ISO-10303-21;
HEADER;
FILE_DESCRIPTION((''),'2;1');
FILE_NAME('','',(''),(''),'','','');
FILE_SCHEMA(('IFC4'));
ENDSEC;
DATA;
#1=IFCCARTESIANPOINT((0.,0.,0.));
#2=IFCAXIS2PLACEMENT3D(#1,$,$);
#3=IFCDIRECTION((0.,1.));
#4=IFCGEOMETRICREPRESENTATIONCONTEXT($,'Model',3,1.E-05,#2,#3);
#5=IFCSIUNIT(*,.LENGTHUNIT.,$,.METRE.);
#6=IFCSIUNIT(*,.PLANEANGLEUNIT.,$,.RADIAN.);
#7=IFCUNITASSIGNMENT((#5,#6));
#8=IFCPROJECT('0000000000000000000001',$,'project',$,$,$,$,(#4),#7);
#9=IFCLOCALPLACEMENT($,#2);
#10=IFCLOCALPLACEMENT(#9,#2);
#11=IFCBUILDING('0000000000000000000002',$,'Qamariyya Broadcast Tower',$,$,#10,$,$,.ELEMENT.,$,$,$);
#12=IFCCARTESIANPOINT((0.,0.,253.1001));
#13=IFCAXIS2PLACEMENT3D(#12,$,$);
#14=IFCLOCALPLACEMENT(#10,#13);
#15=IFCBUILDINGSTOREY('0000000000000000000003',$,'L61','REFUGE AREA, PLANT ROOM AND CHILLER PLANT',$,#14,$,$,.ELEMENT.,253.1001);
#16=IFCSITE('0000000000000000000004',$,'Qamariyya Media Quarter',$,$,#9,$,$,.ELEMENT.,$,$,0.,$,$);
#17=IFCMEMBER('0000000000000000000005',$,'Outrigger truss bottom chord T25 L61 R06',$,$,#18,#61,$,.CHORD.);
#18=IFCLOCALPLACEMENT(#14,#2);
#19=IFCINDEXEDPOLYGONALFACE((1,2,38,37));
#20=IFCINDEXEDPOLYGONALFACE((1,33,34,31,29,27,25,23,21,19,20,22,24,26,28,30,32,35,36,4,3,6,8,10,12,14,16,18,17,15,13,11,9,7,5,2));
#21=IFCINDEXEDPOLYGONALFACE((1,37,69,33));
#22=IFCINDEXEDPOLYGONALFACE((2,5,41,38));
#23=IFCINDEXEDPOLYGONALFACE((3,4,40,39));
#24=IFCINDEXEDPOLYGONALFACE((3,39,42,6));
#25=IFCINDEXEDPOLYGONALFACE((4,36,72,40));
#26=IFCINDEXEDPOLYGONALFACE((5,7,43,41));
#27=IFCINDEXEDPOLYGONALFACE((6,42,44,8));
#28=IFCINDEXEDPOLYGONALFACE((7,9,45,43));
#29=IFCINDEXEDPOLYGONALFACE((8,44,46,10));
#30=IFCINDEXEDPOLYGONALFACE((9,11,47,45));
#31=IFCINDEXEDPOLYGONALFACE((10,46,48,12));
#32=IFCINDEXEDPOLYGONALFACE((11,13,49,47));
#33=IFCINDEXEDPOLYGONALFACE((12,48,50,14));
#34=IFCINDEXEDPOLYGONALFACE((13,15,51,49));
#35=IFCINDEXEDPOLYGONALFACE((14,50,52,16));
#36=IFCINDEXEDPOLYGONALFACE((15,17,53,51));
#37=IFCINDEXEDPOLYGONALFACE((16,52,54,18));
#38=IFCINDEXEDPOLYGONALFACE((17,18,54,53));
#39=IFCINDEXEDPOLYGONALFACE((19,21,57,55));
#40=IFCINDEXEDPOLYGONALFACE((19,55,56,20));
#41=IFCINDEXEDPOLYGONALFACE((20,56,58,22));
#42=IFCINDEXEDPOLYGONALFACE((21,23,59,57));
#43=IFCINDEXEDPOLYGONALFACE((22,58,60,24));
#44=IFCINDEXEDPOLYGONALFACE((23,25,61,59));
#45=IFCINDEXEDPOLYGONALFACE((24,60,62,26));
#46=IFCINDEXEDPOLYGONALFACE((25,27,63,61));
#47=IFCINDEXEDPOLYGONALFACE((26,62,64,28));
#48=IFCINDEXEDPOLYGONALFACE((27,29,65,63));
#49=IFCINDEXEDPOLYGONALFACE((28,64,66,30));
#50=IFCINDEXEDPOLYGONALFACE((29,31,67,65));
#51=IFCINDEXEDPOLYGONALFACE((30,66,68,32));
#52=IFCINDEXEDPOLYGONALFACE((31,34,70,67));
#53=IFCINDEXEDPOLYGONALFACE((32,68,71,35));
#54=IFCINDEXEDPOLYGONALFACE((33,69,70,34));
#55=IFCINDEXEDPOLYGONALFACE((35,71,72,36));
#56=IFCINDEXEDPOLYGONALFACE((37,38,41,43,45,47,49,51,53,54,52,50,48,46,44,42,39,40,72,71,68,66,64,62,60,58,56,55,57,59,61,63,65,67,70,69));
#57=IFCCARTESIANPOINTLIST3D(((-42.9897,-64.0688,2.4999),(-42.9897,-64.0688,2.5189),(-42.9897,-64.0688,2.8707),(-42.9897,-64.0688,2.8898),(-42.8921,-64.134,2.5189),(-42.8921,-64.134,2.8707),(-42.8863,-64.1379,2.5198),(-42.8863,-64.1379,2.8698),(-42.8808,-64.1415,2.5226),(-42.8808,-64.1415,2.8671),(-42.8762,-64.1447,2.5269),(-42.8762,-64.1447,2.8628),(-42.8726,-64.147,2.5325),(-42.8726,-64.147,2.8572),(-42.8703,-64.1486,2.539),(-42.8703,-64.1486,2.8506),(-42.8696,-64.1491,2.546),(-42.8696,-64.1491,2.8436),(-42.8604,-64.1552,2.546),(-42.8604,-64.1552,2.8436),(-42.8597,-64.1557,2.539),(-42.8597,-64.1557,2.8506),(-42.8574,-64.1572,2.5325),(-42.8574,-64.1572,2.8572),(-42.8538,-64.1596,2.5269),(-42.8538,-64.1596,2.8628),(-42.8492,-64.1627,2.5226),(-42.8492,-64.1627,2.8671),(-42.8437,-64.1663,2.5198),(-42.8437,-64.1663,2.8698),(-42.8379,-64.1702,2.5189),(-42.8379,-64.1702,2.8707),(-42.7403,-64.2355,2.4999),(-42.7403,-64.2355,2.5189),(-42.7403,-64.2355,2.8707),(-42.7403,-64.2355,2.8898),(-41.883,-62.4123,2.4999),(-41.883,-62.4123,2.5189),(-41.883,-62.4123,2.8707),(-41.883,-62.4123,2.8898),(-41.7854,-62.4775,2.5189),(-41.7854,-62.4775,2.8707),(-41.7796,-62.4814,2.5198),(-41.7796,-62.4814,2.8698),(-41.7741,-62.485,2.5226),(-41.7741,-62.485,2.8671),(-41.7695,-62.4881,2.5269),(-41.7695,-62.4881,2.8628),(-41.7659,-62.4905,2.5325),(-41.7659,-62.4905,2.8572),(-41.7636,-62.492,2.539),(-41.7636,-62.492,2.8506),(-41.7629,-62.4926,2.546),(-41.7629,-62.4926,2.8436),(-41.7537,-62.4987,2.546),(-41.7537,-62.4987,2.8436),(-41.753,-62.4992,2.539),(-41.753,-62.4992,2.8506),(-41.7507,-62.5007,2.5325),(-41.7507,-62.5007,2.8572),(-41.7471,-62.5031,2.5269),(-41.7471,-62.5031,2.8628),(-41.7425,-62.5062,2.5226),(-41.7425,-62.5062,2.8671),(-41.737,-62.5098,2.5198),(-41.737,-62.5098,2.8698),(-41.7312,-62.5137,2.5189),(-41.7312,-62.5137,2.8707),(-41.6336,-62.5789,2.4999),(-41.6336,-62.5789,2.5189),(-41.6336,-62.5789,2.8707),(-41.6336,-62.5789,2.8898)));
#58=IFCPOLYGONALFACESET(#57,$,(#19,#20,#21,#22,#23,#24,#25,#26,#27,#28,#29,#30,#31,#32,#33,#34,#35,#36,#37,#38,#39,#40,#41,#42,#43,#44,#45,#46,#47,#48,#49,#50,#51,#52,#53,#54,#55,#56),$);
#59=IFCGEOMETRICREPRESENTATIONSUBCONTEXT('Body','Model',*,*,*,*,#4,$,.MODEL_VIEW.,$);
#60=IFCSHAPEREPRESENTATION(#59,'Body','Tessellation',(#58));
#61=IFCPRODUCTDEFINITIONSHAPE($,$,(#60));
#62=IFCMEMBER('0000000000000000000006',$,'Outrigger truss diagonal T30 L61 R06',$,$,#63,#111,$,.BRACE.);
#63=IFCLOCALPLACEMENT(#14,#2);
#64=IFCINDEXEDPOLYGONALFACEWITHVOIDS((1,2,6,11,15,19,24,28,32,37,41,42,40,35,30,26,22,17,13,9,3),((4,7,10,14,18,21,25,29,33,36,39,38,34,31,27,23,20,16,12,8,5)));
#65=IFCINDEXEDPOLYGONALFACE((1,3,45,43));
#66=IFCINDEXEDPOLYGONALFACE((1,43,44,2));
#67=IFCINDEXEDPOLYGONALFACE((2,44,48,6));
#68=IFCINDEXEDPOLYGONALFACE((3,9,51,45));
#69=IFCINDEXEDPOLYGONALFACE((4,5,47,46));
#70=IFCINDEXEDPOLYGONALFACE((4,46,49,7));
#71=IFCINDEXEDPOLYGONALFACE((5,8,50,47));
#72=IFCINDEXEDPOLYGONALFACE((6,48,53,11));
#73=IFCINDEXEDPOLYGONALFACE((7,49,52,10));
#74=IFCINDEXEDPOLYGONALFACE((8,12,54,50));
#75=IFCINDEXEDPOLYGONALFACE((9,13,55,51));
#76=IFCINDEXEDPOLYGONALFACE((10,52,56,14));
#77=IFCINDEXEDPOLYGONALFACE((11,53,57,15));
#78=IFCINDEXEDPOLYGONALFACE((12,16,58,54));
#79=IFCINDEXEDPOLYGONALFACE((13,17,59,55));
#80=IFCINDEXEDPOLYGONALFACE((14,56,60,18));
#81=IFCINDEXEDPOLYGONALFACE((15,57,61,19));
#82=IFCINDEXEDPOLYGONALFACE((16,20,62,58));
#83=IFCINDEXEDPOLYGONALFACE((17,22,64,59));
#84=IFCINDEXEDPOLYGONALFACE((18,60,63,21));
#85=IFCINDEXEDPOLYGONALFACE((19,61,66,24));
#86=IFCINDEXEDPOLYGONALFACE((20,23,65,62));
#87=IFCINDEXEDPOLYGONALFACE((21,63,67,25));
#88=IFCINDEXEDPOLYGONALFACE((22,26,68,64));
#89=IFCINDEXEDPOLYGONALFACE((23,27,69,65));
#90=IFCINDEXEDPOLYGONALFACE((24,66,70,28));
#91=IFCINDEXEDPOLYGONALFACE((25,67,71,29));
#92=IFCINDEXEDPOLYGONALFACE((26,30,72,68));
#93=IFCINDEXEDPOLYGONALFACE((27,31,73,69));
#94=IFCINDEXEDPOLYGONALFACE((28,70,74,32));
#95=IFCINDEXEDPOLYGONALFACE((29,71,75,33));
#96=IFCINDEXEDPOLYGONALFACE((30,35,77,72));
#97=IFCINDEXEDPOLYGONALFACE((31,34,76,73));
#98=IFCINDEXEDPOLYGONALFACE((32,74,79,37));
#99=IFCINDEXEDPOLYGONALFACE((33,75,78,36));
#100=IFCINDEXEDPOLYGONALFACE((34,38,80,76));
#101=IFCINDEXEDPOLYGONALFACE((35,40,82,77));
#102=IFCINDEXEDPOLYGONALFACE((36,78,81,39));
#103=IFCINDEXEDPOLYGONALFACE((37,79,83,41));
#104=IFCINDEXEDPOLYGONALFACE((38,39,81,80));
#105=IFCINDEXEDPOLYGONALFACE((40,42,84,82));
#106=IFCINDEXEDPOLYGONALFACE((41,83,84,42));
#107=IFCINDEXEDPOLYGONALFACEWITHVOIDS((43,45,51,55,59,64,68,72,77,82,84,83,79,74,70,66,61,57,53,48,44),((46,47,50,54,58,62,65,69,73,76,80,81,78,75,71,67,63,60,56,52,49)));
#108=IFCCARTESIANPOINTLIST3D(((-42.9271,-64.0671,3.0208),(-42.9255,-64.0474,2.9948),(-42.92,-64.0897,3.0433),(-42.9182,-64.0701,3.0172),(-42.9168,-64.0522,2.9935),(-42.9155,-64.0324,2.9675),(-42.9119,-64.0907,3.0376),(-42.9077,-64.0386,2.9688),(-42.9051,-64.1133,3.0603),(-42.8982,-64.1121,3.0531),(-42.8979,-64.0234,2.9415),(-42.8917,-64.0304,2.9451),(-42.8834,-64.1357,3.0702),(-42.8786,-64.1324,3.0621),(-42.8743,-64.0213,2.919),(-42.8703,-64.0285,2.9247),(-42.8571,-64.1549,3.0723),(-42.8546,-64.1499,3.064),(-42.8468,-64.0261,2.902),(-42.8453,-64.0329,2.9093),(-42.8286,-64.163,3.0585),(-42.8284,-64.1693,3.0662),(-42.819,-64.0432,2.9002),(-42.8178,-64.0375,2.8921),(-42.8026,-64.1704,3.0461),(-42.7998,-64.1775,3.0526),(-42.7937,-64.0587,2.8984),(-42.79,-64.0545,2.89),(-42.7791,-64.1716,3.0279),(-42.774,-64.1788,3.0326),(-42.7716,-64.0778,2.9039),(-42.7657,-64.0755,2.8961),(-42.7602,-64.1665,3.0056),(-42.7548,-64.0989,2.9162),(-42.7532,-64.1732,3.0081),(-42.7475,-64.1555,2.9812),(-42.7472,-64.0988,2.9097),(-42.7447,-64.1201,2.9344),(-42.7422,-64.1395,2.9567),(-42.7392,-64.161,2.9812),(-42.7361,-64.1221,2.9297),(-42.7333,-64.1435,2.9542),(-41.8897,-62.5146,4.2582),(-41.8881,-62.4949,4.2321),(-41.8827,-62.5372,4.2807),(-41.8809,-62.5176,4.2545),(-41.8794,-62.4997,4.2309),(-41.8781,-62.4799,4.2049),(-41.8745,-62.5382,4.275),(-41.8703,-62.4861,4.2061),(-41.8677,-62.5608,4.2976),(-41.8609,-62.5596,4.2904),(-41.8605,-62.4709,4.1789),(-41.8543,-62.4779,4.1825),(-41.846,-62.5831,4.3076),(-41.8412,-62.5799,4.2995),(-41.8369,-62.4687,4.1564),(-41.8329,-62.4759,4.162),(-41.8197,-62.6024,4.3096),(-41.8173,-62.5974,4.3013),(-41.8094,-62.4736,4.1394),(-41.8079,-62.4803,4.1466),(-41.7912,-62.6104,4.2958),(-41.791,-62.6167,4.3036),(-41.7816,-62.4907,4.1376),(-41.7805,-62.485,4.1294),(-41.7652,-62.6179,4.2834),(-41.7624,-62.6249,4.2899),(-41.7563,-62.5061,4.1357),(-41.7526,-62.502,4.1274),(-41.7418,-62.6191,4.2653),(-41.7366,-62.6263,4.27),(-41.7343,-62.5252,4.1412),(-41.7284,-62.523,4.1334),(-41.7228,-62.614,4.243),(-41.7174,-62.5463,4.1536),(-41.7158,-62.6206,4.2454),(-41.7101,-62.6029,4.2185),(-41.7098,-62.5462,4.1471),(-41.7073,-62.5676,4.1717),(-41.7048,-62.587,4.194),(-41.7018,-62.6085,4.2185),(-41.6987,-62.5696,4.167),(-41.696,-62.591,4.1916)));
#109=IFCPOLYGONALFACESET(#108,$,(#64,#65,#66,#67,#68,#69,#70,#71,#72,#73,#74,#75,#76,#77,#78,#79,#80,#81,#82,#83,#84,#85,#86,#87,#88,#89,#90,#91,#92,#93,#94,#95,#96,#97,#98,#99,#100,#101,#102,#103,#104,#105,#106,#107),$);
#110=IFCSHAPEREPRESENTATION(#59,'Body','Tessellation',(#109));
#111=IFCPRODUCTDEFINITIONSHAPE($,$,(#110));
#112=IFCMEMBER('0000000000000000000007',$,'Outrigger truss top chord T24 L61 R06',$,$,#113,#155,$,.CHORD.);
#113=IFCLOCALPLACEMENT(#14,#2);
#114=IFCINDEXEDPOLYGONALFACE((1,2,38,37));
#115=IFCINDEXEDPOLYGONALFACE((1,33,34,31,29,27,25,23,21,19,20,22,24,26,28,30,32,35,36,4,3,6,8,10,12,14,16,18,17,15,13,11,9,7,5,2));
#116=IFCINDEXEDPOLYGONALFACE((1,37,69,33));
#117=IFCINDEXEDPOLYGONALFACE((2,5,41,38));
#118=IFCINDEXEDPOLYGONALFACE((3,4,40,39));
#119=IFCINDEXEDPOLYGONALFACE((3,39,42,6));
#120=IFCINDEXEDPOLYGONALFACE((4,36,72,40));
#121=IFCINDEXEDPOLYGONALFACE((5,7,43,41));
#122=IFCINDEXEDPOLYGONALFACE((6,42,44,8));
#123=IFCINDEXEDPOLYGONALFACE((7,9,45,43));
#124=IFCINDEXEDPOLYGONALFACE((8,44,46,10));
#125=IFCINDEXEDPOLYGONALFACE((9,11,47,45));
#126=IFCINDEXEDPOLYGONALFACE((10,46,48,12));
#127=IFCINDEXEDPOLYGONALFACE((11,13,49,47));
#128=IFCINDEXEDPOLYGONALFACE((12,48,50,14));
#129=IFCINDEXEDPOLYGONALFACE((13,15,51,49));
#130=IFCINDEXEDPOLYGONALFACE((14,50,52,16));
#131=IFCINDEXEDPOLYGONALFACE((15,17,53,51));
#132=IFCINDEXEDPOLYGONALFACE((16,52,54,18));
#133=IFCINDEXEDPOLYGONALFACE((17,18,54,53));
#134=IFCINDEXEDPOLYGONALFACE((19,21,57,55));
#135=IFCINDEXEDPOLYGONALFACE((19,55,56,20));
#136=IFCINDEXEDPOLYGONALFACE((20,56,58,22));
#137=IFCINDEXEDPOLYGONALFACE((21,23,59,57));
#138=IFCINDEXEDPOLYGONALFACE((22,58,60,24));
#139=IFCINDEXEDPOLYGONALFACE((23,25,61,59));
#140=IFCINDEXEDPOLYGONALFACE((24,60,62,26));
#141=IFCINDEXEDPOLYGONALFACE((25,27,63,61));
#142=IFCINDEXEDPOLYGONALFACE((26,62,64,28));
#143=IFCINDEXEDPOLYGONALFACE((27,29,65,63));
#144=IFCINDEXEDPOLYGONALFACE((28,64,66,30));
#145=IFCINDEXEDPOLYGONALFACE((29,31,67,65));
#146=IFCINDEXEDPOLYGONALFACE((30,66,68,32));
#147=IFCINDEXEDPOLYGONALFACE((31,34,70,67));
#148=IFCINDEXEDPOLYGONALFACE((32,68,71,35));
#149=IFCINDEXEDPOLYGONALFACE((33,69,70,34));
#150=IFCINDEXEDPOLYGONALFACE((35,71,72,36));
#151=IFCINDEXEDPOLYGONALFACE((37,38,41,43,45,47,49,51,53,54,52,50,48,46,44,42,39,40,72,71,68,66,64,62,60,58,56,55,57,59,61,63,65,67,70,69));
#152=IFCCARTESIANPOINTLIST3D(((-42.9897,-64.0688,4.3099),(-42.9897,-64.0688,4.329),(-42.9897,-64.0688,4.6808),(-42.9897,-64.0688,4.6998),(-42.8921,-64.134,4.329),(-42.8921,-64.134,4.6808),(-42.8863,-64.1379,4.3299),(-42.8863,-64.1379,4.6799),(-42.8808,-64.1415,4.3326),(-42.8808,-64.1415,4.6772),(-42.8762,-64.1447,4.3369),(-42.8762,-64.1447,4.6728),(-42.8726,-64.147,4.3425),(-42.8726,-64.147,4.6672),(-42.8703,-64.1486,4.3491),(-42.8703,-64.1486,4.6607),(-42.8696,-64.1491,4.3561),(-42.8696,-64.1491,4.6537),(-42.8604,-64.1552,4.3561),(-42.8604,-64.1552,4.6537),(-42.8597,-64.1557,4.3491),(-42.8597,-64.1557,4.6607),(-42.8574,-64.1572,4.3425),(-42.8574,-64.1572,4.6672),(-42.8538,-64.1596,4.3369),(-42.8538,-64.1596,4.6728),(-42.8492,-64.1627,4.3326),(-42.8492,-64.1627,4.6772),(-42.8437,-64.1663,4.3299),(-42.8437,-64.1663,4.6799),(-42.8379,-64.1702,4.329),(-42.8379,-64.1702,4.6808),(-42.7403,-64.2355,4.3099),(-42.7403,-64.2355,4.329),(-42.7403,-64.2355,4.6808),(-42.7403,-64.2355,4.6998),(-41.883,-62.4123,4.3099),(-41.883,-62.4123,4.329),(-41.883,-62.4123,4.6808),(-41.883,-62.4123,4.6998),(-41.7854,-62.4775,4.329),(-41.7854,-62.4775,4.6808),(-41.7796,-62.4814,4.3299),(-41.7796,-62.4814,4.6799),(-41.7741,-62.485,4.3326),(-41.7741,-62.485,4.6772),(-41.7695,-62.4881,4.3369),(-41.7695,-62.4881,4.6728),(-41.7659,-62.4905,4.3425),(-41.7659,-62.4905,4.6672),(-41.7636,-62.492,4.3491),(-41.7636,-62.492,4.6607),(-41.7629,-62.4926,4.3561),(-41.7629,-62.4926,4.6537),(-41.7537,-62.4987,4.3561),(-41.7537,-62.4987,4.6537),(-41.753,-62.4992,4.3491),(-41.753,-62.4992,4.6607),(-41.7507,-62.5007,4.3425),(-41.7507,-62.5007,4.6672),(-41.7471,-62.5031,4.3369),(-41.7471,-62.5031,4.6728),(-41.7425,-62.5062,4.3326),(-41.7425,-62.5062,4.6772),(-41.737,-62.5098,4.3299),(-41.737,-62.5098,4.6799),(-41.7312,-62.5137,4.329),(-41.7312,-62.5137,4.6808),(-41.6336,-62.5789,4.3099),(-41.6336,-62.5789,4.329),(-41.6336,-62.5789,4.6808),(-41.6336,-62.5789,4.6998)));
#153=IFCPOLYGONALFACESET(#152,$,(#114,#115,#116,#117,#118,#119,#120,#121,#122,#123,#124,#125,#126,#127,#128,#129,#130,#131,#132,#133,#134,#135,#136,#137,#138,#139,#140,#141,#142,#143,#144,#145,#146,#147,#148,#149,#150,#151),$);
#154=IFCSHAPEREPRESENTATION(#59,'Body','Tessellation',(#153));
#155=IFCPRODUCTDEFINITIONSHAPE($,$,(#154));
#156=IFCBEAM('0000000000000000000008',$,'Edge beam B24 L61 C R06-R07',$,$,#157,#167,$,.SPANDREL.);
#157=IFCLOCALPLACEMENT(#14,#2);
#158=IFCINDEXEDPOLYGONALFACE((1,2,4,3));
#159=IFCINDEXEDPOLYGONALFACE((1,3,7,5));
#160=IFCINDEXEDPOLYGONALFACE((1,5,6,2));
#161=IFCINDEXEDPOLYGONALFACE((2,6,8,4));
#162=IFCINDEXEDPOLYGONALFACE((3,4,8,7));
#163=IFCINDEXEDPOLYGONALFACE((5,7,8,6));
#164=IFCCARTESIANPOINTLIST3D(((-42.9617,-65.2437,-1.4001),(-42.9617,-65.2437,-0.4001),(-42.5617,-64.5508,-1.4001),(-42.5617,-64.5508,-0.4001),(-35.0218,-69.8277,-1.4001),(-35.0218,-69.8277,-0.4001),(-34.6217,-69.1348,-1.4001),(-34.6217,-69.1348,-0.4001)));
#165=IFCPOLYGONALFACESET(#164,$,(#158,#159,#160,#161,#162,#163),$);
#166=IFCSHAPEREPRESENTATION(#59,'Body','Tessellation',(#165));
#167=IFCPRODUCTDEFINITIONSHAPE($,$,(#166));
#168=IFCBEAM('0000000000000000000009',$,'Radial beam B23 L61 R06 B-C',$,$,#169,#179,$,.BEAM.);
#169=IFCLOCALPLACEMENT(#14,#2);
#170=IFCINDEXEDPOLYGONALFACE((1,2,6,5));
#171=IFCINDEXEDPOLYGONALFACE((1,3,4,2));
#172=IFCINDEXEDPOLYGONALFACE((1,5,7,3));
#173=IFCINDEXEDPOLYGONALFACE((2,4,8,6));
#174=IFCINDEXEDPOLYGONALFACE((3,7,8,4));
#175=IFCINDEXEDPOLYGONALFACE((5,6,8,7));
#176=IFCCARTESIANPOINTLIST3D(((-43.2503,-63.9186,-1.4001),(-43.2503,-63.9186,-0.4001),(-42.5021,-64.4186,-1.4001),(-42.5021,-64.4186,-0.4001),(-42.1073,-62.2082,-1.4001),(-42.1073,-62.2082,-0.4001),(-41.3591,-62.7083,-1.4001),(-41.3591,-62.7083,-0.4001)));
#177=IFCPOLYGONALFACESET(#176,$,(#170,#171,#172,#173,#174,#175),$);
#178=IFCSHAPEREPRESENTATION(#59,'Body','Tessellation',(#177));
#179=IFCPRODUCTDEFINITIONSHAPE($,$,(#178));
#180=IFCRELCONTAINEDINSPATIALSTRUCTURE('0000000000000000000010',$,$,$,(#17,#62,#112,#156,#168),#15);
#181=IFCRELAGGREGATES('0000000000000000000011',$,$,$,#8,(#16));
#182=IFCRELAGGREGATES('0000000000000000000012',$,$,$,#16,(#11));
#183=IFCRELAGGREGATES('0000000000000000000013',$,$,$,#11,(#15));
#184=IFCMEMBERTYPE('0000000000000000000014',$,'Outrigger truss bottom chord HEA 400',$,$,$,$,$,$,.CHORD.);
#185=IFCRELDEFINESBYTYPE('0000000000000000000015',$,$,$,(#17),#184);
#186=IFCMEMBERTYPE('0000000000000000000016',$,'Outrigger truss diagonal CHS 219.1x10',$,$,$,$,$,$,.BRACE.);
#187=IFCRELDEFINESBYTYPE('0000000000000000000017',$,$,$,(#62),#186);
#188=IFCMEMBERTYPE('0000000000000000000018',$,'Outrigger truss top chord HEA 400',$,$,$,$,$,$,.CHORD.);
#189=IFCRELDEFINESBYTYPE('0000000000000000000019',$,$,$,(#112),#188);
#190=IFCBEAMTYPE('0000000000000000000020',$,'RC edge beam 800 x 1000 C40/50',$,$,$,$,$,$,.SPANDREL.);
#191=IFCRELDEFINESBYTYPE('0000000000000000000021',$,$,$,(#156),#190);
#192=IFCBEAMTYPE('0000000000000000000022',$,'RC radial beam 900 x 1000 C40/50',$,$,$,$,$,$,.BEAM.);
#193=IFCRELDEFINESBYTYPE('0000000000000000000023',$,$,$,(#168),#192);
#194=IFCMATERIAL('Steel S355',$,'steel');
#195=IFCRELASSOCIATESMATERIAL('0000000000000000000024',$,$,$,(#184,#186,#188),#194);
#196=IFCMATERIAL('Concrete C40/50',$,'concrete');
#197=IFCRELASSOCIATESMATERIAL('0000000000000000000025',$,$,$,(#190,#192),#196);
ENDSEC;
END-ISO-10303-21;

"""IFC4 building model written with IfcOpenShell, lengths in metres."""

from ifc_helpers import new_model, si_unit, direction, frame, origin, origin_2d, place, context, subcontext, project, spatial, rectangle, hollow_circle, i_section, extrude, material, material_profile, profile_set, type_object, element, save


model = new_model("IFC4")

# Units and contexts
model_context = context("Model", 3, precision=1e-05, world=origin(), true_north=direction((0.0, 1.0)))
body_context = subcontext(model_context, "Body", "Model", "MODEL_VIEW")
ifc_project = project(units=[si_unit("LENGTHUNIT", "METRE"), si_unit("PLANEANGLEUNIT", "RADIAN")], contexts=[model_context])

# Site, building, storey
site_placement = place(None, origin())
site = spatial("IfcSite", under=ifc_project, at=site_placement, Name="Qamariyya Media Quarter", CompositionType="ELEMENT", RefElevation=0.0)
building_placement = place(site_placement, origin())
building = spatial("IfcBuilding", under=site, at=building_placement, Name="Qamariyya Broadcast Tower", CompositionType="ELEMENT")
storey_placement = place(building_placement, frame((0.0, 0.0, 253.1001)))
storey = spatial("IfcBuildingStorey", under=building, at=storey_placement, Name="L61", Description="REFUGE AREA, PLANT ROOM AND CHILLER PLANT", CompositionType="ELEMENT", Elevation=253.1001)

# Members
ifc_material_1 = material(Name="Steel S355", Category="steel")
ifc_material_profile_1 = material_profile(ifc_material_1, i_section(OverallWidth=0.3, OverallDepth=0.3899, WebThickness=0.011, FlangeThickness=0.019, FilletRadius=0.0271, at=origin_2d()))
ifc_profile_set_1 = profile_set([ifc_material_profile_1], Name="Steel S355")
member_type_1 = type_object("IfcMemberType", Name="Outrigger truss bottom chord HEA 400", PredefinedType="CHORD", material=ifc_profile_set_1)
member_1_placement = place(storey_placement, frame((-41.7583, -62.4956, 2.6948), z_axis=(-0.55552, -0.831503, 0.0), x_axis=(0.831503, -0.55552, 0.0)))
element("IfcMember", 1, at=member_1_placement, inside=storey, type_object=member_type_1, Name="Outrigger truss bottom chord T25 L61 R06", PredefinedType="CHORD", context=body_context, shape_type="SweptSolid", body=[
    extrude(i_section(OverallWidth=0.3, OverallDepth=0.3899, WebThickness=0.011, FlangeThickness=0.019, FilletRadius=0.0271, at=origin_2d()), origin(), (0.0, 0.0, 1.0), 1.9922),
])
ifc_material_profile_2 = material_profile(ifc_material_1, hollow_circle(Radius=0.1096, WallThickness=0.01, at=origin_2d()))
ifc_profile_set_2 = profile_set([ifc_material_profile_2], Name="Steel S355")
member_type_2 = type_object("IfcMemberType", Name="Outrigger truss diagonal CHS 219.1x10", PredefinedType="BRACE", material=ifc_profile_set_2)
member_2_placement = place(storey_placement, frame((-41.793, -62.5476, 4.2185), z_axis=(-0.46312, -0.6931, -0.552387), x_axis=(0.831466, -0.555575, 0.0)))
element("IfcMember", 2, at=member_2_placement, inside=storey, type_object=member_type_2, Name="Outrigger truss diagonal T30 L61 R06", PredefinedType="BRACE", context=body_context, shape_type="SweptSolid", body=[
    extrude(hollow_circle(Radius=0.1096, WallThickness=0.01, at=origin_2d()), origin(), (0.0, 0.0, 1.0), 2.24),
])
ifc_material_profile_3 = material_profile(ifc_material_1, i_section(OverallWidth=0.3, OverallDepth=0.3899, WebThickness=0.011, FlangeThickness=0.019, FilletRadius=0.0271, at=origin_2d()))
ifc_profile_set_3 = profile_set([ifc_material_profile_3], Name="Steel S355")
member_type_3 = type_object("IfcMemberType", Name="Outrigger truss top chord HEA 400", PredefinedType="CHORD", material=ifc_profile_set_3)
member_3_placement = place(storey_placement, frame((-41.7583, -62.4956, 4.5049), z_axis=(-0.55552, -0.831503, 0.0), x_axis=(0.831503, -0.55552, 0.0)))
element("IfcMember", 3, at=member_3_placement, inside=storey, type_object=member_type_3, Name="Outrigger truss top chord T24 L61 R06", PredefinedType="CHORD", context=body_context, shape_type="SweptSolid", body=[
    extrude(i_section(OverallWidth=0.3, OverallDepth=0.3899, WebThickness=0.011, FlangeThickness=0.019, FilletRadius=0.0271, at=origin_2d()), origin(), (0.0, 0.0, 1.0), 1.9922),
])

# Beams
ifc_material_2 = material(Name="Concrete C40/50", Category="concrete")
ifc_material_profile_4 = material_profile(ifc_material_2, rectangle(XDim=0.8, YDim=1.0, at=origin_2d()))
ifc_profile_set_4 = profile_set([ifc_material_profile_4], Name="Concrete C40/50")
beam_type_1 = type_object("IfcBeamType", Name="RC edge beam 800 x 1000 C40/50", PredefinedType="SPANDREL", material=ifc_profile_set_4)
beam_1_placement = place(storey_placement, frame((-42.7617, -64.8972, -0.9001), z_axis=(0.866032, -0.499988, 0.0), x_axis=(0.499988, 0.866032, 0.0)))
element("IfcBeam", 4, at=beam_1_placement, inside=storey, type_object=beam_type_1, Name="Edge beam B24 L61 C R06-R07", PredefinedType="SPANDREL", context=body_context, shape_type="SweptSolid", body=[
    extrude(rectangle(XDim=0.8, YDim=1.0, at=origin_2d()), origin(), (0.0, 0.0, 1.0), 9.1682),
])
ifc_material_profile_5 = material_profile(ifc_material_2, rectangle(XDim=0.8999, YDim=1.0, at=origin_2d()))
ifc_profile_set_5 = profile_set([ifc_material_profile_5], Name="Concrete C40/50")
beam_type_2 = type_object("IfcBeamType", Name="RC radial beam 900 x 1000 C40/50", PredefinedType="BEAM", material=ifc_profile_set_5)
beam_2_placement = place(storey_placement, frame((-41.7332, -62.4583, -0.9001), z_axis=(-0.555631, -0.831429, 0.0), x_axis=(0.831429, -0.555631, 0.0)))
element("IfcBeam", 5, at=beam_2_placement, inside=storey, type_object=beam_type_2, Name="Radial beam B23 L61 R06 B-C", PredefinedType="BEAM", context=body_context, shape_type="SweptSolid", body=[
    extrude(rectangle(XDim=0.8999, YDim=1.0, at=origin_2d()), origin(), (0.0, 0.0, 1.0), 2.0571),
])

save(model, "model.ifc")
